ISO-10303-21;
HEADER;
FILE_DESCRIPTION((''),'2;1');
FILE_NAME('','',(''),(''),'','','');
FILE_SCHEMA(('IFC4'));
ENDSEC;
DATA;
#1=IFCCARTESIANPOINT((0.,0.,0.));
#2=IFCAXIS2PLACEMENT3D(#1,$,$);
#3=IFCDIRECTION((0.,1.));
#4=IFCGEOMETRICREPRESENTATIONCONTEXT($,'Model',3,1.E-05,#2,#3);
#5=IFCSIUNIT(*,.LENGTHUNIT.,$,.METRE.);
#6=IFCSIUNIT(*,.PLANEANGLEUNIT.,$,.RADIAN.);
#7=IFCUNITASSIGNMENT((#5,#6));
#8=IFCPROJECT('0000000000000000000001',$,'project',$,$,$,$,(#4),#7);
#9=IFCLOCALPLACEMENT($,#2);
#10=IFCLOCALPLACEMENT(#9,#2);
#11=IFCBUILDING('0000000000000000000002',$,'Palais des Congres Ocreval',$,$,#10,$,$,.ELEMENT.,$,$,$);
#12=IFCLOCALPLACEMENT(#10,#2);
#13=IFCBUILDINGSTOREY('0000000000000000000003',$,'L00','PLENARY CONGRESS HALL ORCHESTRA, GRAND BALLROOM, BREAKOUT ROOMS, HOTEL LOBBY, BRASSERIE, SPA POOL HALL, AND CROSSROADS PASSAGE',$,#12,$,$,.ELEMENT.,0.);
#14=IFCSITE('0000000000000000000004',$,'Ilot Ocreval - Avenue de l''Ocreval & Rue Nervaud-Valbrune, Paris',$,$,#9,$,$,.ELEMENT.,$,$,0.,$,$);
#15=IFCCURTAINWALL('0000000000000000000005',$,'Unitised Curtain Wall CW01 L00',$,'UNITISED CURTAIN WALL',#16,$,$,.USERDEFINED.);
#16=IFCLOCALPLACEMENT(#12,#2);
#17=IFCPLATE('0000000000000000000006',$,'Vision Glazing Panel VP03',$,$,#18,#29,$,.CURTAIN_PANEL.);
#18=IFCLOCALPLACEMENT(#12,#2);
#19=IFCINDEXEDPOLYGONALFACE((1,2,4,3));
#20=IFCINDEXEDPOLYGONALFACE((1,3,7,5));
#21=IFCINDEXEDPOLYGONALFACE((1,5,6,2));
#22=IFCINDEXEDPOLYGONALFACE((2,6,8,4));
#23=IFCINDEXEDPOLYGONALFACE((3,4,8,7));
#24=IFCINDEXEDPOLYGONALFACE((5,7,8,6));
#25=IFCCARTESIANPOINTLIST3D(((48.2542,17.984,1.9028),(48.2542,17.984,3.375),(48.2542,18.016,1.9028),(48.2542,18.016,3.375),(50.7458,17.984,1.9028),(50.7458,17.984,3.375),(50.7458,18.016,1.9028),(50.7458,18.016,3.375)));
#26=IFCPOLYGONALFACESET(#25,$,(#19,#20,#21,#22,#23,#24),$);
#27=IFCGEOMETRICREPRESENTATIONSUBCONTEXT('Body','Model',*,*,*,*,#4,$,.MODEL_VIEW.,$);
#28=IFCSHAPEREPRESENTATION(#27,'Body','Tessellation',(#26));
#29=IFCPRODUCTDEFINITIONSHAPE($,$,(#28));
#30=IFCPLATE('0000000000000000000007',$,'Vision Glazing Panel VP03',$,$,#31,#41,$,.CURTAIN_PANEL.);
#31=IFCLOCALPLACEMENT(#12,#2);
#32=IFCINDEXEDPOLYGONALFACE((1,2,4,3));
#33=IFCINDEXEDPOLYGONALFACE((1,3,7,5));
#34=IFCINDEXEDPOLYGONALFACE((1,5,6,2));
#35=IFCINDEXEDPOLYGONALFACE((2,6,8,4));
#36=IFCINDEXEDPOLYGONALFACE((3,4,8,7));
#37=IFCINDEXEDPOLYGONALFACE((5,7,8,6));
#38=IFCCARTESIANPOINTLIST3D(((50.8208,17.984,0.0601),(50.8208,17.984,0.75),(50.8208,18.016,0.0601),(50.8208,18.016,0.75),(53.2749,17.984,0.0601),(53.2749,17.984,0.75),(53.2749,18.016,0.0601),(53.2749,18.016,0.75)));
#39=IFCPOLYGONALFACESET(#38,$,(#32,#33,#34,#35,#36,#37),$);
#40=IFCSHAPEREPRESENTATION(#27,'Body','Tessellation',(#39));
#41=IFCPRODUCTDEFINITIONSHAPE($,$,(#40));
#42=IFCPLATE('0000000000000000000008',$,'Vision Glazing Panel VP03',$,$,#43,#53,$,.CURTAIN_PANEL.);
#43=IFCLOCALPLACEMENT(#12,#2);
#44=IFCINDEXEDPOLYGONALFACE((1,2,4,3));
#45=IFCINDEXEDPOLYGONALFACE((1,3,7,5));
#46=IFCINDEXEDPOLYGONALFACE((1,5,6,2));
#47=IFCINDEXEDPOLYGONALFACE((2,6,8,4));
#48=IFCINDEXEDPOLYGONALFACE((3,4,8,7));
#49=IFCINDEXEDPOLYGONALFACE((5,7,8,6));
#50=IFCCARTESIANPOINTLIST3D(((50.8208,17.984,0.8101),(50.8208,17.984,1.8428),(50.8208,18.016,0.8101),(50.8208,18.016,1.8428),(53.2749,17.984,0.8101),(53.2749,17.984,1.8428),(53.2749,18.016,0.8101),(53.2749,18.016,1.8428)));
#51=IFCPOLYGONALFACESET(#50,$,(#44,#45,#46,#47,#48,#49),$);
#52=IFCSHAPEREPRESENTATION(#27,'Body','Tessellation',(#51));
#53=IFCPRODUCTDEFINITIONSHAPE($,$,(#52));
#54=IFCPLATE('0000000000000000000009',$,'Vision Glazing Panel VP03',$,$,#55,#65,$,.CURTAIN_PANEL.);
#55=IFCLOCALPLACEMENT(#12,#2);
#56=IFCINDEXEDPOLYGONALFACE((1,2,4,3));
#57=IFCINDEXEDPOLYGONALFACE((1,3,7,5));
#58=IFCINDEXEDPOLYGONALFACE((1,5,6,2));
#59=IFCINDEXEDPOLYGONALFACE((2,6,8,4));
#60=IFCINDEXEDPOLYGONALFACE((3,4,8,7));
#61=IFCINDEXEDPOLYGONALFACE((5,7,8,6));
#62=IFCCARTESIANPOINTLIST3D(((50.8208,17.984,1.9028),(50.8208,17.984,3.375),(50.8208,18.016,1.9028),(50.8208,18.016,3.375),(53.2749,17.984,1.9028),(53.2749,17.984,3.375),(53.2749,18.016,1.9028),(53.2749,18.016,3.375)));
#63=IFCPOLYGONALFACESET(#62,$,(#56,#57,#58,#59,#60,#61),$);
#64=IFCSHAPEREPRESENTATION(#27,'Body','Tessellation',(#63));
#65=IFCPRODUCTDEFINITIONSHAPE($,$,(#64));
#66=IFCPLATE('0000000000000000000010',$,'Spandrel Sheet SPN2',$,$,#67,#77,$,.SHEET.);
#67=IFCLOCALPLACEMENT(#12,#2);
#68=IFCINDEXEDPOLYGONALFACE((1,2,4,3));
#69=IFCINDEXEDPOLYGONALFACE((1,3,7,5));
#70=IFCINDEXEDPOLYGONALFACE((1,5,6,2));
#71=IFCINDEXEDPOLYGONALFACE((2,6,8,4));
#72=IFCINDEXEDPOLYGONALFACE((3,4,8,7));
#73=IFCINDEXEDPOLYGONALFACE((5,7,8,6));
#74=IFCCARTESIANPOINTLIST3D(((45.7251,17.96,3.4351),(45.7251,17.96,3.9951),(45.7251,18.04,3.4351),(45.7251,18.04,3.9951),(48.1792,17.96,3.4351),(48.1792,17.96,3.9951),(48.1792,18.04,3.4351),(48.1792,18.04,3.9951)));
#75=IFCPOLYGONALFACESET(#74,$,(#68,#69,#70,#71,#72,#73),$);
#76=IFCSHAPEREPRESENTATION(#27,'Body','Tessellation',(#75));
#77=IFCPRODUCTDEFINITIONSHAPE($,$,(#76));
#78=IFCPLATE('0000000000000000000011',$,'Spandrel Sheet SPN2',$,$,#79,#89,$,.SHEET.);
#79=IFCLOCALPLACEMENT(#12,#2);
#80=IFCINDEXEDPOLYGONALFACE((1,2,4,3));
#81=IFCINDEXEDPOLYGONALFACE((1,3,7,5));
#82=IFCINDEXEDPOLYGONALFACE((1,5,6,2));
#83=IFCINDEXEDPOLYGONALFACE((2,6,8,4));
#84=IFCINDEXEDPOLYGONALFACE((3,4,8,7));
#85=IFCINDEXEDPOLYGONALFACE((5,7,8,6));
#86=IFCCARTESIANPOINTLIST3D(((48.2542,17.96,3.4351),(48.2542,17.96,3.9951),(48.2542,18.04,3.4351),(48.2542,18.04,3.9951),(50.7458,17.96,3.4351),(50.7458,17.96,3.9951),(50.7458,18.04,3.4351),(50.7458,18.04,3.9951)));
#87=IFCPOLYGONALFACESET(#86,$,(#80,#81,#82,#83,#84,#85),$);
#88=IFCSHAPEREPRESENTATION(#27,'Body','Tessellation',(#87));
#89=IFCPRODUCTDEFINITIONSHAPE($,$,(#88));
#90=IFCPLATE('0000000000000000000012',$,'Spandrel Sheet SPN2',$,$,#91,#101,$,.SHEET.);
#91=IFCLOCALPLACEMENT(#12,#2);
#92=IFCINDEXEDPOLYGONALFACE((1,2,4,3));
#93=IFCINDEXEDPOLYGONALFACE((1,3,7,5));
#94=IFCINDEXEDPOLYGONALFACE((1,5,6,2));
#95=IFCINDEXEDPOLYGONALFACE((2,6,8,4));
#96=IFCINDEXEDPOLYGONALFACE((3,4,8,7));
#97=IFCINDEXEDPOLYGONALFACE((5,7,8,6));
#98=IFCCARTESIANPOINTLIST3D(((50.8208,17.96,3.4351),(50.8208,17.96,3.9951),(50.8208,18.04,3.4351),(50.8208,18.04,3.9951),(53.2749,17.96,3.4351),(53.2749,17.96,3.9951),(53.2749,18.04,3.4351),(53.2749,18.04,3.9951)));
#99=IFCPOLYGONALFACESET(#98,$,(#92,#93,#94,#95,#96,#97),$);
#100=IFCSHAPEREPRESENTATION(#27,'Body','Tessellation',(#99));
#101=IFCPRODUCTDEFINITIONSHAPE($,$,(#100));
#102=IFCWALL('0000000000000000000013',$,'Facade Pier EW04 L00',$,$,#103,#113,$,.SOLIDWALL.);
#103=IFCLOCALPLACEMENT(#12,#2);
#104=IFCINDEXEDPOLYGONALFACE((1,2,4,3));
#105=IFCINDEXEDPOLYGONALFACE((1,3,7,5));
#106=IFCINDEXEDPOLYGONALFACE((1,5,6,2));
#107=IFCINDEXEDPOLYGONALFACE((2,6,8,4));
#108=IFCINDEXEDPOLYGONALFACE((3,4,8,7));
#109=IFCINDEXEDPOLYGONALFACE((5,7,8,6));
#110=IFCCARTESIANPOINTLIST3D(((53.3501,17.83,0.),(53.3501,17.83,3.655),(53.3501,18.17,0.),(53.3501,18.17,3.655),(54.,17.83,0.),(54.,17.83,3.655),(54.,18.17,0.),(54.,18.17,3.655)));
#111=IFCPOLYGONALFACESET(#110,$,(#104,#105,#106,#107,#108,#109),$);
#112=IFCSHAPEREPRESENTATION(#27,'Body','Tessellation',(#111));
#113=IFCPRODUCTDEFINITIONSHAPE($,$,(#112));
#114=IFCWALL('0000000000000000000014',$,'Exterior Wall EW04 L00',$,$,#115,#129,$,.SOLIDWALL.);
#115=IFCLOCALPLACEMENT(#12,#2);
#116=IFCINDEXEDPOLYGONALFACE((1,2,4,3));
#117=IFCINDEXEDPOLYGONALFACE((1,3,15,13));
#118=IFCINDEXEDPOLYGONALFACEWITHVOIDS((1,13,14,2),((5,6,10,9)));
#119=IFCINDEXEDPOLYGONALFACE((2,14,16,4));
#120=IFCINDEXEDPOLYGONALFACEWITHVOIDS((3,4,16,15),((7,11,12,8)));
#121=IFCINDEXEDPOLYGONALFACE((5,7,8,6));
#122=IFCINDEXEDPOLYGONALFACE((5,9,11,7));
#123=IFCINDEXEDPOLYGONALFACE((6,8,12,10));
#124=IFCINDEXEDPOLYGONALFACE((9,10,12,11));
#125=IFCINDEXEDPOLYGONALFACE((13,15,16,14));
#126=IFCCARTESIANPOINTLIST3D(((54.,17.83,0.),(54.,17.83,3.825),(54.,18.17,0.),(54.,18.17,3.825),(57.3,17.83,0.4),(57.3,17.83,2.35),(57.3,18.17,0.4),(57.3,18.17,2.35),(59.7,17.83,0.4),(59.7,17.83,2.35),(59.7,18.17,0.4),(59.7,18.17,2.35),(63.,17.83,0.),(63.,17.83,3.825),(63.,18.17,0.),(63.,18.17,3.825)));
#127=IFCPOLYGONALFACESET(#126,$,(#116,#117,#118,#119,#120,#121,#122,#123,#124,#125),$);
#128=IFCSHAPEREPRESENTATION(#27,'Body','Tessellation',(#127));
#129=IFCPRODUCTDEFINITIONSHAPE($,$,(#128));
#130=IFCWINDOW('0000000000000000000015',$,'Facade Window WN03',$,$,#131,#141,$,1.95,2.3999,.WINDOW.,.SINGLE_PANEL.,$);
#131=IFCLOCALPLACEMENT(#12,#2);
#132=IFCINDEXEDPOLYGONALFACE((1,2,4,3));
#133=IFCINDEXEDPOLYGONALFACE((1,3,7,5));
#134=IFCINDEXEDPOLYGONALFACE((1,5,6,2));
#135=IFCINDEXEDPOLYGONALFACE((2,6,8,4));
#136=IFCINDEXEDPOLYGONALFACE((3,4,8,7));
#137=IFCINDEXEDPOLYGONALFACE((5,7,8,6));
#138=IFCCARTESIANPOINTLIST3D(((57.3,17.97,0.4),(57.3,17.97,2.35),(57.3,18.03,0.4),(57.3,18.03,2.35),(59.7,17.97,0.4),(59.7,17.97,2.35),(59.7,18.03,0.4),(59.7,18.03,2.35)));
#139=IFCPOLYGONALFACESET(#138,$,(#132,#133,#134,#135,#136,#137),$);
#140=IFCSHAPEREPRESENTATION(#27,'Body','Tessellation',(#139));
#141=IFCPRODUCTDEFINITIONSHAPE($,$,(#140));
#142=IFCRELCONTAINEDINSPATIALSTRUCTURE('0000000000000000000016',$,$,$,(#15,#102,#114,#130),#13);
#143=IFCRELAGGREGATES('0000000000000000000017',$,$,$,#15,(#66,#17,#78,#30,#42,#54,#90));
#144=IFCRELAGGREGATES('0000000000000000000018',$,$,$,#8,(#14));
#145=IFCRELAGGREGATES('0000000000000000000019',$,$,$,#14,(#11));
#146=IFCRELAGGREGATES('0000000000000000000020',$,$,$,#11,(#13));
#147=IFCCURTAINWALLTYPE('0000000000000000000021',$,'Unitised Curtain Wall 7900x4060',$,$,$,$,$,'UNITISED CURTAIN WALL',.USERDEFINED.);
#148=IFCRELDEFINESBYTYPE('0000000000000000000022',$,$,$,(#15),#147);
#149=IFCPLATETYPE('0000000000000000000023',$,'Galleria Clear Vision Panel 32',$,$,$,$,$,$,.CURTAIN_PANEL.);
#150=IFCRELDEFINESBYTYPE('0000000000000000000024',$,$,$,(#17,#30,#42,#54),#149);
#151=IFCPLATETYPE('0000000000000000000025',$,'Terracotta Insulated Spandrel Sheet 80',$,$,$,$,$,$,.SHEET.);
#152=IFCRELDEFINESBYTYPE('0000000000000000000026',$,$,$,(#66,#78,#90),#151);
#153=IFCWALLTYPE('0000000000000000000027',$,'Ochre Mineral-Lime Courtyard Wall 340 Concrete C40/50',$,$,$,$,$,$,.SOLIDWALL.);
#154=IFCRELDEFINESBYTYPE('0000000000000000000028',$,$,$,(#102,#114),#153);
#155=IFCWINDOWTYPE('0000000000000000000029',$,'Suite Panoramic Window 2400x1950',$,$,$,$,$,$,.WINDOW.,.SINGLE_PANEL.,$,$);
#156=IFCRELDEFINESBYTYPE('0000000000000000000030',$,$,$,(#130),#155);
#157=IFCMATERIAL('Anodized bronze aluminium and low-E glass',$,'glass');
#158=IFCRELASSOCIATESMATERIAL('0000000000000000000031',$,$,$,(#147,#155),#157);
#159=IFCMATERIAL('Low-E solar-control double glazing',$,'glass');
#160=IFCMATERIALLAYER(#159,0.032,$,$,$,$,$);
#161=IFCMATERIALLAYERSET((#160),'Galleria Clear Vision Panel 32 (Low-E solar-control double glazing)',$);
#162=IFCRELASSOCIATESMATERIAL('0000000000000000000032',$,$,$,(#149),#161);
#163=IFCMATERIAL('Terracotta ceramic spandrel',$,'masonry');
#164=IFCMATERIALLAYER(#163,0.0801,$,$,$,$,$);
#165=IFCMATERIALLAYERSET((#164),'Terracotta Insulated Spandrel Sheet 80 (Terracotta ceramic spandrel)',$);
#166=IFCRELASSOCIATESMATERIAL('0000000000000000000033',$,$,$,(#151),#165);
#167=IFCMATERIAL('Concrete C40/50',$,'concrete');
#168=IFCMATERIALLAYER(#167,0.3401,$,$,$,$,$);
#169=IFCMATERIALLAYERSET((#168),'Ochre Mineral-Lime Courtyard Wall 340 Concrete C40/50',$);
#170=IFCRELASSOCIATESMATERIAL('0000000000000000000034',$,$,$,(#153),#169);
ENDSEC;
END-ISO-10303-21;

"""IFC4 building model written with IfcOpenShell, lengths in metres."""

from ifc_helpers import new_model, si_unit, direction, frame, frame_2d, origin, origin_2d, place, context, subcontext, project, spatial, rectangle, extrude, material, layer, layer_set, type_object, element, fill, aggregate, save


model = new_model("IFC4")

# Units and contexts
model_context = context("Model", 3, precision=1e-05, world=origin(), true_north=direction((0.0, 1.0)))
body_context = subcontext(model_context, "Body", "Model", "MODEL_VIEW")
ifc_project = project(units=[si_unit("LENGTHUNIT", "METRE"), si_unit("PLANEANGLEUNIT", "RADIAN")], contexts=[model_context])

# Site, building, storey
site_placement = place(None, origin())
site = spatial("IfcSite", under=ifc_project, at=site_placement, Name="Ilot Ocreval - Avenue de l'Ocreval & Rue Nervaud-Valbrune, Paris", CompositionType="ELEMENT", RefElevation=0.0)
building_placement = place(site_placement, origin())
building = spatial("IfcBuilding", under=site, at=building_placement, Name="Palais des Congres Ocreval", CompositionType="ELEMENT")
storey_placement = place(building_placement, origin())
storey = spatial("IfcBuildingStorey", under=building, at=storey_placement, Name="L00", Description="PLENARY CONGRESS HALL ORCHESTRA, GRAND BALLROOM, BREAKOUT ROOMS, HOTEL LOBBY, BRASSERIE, SPA POOL HALL, AND CROSSROADS PASSAGE", CompositionType="ELEMENT", Elevation=0.0)

# Shared definitions
ifc_material_1 = material(Name="Concrete C40/50", Category="concrete")

# Curtain wall
ifc_material_2 = material(Name="Anodized bronze aluminium and low-E glass", Category="glass")
curtain_wall_type = type_object("IfcCurtainWallType", Name="Unitised Curtain Wall 7900x4060", ElementType="UNITISED CURTAIN WALL", PredefinedType="USERDEFINED", material=ifc_material_2)
curtain_wall_placement = place(storey_placement, origin())
curtain_wall = element("IfcCurtainWall", 1, at=curtain_wall_placement, inside=storey, type_object=curtain_wall_type, Name="Unitised Curtain Wall CW01 L00", ObjectType="UNITISED CURTAIN WALL", PredefinedType="USERDEFINED")

# Plates
ifc_material_3 = material(Name="Low-E solar-control double glazing", Category="glass")
ifc_layer_1 = layer(ifc_material_3, 0.032)
ifc_layer_set_1 = layer_set([ifc_layer_1], Name="Galleria Clear Vision Panel 32 (Low-E solar-control double glazing)")
plate_type_1 = type_object("IfcPlateType", Name="Galleria Clear Vision Panel 32", PredefinedType="CURTAIN_PANEL", material=ifc_layer_set_1)
plate_1_placement = place(storey_placement, frame((49.5, 18.0, 1.9028), z_axis=(0.0, 0.0, 1.0), x_axis=(1.0, 0.0, 0.0)))
plate_1 = element("IfcPlate", 2, at=plate_1_placement, type_object=plate_type_1, Name="Vision Glazing Panel VP03", PredefinedType="CURTAIN_PANEL", context=body_context, shape_type="SweptSolid", body=[
    extrude(rectangle(XDim=2.4917, YDim=0.032, at=origin_2d()), origin(), (0.0, 0.0, 1.0), 1.4722),
])
plate_2_placement = place(storey_placement, frame((52.0479, 18.0, 0.0601), z_axis=(0.0, 0.0, 1.0), x_axis=(1.0, 0.0, 0.0)))
plate_2 = element("IfcPlate", 3, at=plate_2_placement, type_object=plate_type_1, Name="Vision Glazing Panel VP03", PredefinedType="CURTAIN_PANEL", context=body_context, shape_type="SweptSolid", body=[
    extrude(rectangle(XDim=2.4541, YDim=0.032, at=origin_2d()), origin(), (0.0, 0.0, 1.0), 0.6899),
])
plate_3_placement = place(storey_placement, frame((52.0479, 18.0, 0.8101), z_axis=(0.0, 0.0, 1.0), x_axis=(1.0, 0.0, 0.0)))
plate_3 = element("IfcPlate", 4, at=plate_3_placement, type_object=plate_type_1, Name="Vision Glazing Panel VP03", PredefinedType="CURTAIN_PANEL", context=body_context, shape_type="SweptSolid", body=[
    extrude(rectangle(XDim=2.4541, YDim=0.032, at=origin_2d()), origin(), (0.0, 0.0, 1.0), 1.0327),
])
plate_4_placement = place(storey_placement, frame((52.0479, 18.0, 1.9028), z_axis=(0.0, 0.0, 1.0), x_axis=(1.0, 0.0, 0.0)))
plate_4 = element("IfcPlate", 5, at=plate_4_placement, type_object=plate_type_1, Name="Vision Glazing Panel VP03", PredefinedType="CURTAIN_PANEL", context=body_context, shape_type="SweptSolid", body=[
    extrude(rectangle(XDim=2.4541, YDim=0.032, at=origin_2d()), origin(), (0.0, 0.0, 1.0), 1.4722),
])
ifc_material_4 = material(Name="Terracotta ceramic spandrel", Category="masonry")
ifc_layer_2 = layer(ifc_material_4, 0.0801)
ifc_layer_set_2 = layer_set([ifc_layer_2], Name="Terracotta Insulated Spandrel Sheet 80 (Terracotta ceramic spandrel)")
plate_type_2 = type_object("IfcPlateType", Name="Terracotta Insulated Spandrel Sheet 80", PredefinedType="SHEET", material=ifc_layer_set_2)
plate_5_placement = place(storey_placement, frame((46.9521, 18.0, 3.4351), z_axis=(0.0, 0.0, 1.0), x_axis=(1.0, 0.0, 0.0)))
plate_5 = element("IfcPlate", 6, at=plate_5_placement, type_object=plate_type_2, Name="Spandrel Sheet SPN2", PredefinedType="SHEET", context=body_context, shape_type="SweptSolid", body=[
    extrude(rectangle(XDim=2.4541, YDim=0.0801, at=origin_2d()), origin(), (0.0, 0.0, 1.0), 0.5601),
])
plate_6_placement = place(storey_placement, frame((49.5, 18.0, 3.4351), z_axis=(0.0, 0.0, 1.0), x_axis=(1.0, 0.0, 0.0)))
plate_6 = element("IfcPlate", 7, at=plate_6_placement, type_object=plate_type_2, Name="Spandrel Sheet SPN2", PredefinedType="SHEET", context=body_context, shape_type="SweptSolid", body=[
    extrude(rectangle(XDim=2.4917, YDim=0.0801, at=origin_2d()), origin(), (0.0, 0.0, 1.0), 0.5601),
])
plate_7_placement = place(storey_placement, frame((52.0479, 18.0, 3.4351), z_axis=(0.0, 0.0, 1.0), x_axis=(1.0, 0.0, 0.0)))
plate_7 = element("IfcPlate", 8, at=plate_7_placement, type_object=plate_type_2, Name="Spandrel Sheet SPN2", PredefinedType="SHEET", context=body_context, shape_type="SweptSolid", body=[
    extrude(rectangle(XDim=2.4541, YDim=0.0801, at=origin_2d()), origin(), (0.0, 0.0, 1.0), 0.5601),
])
aggregate(curtain_wall, [plate_5, plate_1, plate_6, plate_2, plate_3, plate_4, plate_7])

# Wall
ifc_layer_3 = layer(ifc_material_1, 0.3401)
ifc_layer_set_3 = layer_set([ifc_layer_3], Name="Ochre Mineral-Lime Courtyard Wall 340 Concrete C40/50")
wall_type = type_object("IfcWallType", Name="Ochre Mineral-Lime Courtyard Wall 340 Concrete C40/50", PredefinedType="SOLIDWALL", material=ifc_layer_set_3)
wall_1_placement = place(storey_placement, frame((53.3501, 18.0, 0.0), z_axis=(0.0, 0.0, 1.0), x_axis=(1.0, 0.0, 0.0)))
element("IfcWall", 9, at=wall_1_placement, inside=storey, type_object=wall_type, Name="Facade Pier EW04 L00", PredefinedType="SOLIDWALL", context=body_context, shape_type="SweptSolid", body=[
    extrude(rectangle(XDim=0.6499, YDim=0.3401, at=frame_2d((0.325, 0.0))), origin(), (0.0, 0.0, 1.0), 3.655),
])

# Wall, opening, window
wall_2_placement = place(storey_placement, frame((54.0, 18.0, 0.0), z_axis=(0.0, 0.0, 1.0), x_axis=(1.0, 0.0, 0.0)))
wall_2 = element("IfcWall", 10, at=wall_2_placement, inside=storey, type_object=wall_type, Name="Exterior Wall EW04 L00", PredefinedType="SOLIDWALL", context=body_context, shape_type="SweptSolid", body=[
    extrude(rectangle(XDim=9.0, YDim=0.3401, at=frame_2d((4.5, 0.0))), origin(), (0.0, 0.0, 1.0), 3.825),
])
opening_placement = place(wall_2_placement, frame((3.3, 0.0, 0.3999)))
opening = element("IfcOpeningElement", 11, at=opening_placement, cuts=wall_2, PredefinedType="OPENING", context=body_context, shape_type="SweptSolid", body=[
    extrude(rectangle(XDim=2.3999, YDim=1.95, at=frame_2d((1.2, 0.9751))), frame((0.0, 0.1799, 0.0), z_axis=(0.0, -1.0, 0.0), x_axis=(1.0, 0.0, 0.0)), (0.0, 0.0, 1.0), 0.3601),
])
window_type = type_object("IfcWindowType", Name="Suite Panoramic Window 2400x1950", PartitioningType="SINGLE_PANEL", PredefinedType="WINDOW", material=ifc_material_2)
window_placement = place(opening_placement, origin())
window = element("IfcWindow", 12, at=window_placement, inside=storey, type_object=window_type, Name="Facade Window WN03", OverallHeight=1.95, OverallWidth=2.3999, PartitioningType="SINGLE_PANEL", PredefinedType="WINDOW", context=body_context, shape_type="SweptSolid", body=[
    extrude(rectangle(XDim=2.3999, YDim=1.95, at=frame_2d((1.2, 0.9751))), frame((0.0, 0.03, 0.0), z_axis=(0.0, -1.0, 0.0), x_axis=(1.0, 0.0, 0.0)), (0.0, 0.0, 1.0), 0.0601),
])
fill(opening, window)

save(model, "model.ifc")
